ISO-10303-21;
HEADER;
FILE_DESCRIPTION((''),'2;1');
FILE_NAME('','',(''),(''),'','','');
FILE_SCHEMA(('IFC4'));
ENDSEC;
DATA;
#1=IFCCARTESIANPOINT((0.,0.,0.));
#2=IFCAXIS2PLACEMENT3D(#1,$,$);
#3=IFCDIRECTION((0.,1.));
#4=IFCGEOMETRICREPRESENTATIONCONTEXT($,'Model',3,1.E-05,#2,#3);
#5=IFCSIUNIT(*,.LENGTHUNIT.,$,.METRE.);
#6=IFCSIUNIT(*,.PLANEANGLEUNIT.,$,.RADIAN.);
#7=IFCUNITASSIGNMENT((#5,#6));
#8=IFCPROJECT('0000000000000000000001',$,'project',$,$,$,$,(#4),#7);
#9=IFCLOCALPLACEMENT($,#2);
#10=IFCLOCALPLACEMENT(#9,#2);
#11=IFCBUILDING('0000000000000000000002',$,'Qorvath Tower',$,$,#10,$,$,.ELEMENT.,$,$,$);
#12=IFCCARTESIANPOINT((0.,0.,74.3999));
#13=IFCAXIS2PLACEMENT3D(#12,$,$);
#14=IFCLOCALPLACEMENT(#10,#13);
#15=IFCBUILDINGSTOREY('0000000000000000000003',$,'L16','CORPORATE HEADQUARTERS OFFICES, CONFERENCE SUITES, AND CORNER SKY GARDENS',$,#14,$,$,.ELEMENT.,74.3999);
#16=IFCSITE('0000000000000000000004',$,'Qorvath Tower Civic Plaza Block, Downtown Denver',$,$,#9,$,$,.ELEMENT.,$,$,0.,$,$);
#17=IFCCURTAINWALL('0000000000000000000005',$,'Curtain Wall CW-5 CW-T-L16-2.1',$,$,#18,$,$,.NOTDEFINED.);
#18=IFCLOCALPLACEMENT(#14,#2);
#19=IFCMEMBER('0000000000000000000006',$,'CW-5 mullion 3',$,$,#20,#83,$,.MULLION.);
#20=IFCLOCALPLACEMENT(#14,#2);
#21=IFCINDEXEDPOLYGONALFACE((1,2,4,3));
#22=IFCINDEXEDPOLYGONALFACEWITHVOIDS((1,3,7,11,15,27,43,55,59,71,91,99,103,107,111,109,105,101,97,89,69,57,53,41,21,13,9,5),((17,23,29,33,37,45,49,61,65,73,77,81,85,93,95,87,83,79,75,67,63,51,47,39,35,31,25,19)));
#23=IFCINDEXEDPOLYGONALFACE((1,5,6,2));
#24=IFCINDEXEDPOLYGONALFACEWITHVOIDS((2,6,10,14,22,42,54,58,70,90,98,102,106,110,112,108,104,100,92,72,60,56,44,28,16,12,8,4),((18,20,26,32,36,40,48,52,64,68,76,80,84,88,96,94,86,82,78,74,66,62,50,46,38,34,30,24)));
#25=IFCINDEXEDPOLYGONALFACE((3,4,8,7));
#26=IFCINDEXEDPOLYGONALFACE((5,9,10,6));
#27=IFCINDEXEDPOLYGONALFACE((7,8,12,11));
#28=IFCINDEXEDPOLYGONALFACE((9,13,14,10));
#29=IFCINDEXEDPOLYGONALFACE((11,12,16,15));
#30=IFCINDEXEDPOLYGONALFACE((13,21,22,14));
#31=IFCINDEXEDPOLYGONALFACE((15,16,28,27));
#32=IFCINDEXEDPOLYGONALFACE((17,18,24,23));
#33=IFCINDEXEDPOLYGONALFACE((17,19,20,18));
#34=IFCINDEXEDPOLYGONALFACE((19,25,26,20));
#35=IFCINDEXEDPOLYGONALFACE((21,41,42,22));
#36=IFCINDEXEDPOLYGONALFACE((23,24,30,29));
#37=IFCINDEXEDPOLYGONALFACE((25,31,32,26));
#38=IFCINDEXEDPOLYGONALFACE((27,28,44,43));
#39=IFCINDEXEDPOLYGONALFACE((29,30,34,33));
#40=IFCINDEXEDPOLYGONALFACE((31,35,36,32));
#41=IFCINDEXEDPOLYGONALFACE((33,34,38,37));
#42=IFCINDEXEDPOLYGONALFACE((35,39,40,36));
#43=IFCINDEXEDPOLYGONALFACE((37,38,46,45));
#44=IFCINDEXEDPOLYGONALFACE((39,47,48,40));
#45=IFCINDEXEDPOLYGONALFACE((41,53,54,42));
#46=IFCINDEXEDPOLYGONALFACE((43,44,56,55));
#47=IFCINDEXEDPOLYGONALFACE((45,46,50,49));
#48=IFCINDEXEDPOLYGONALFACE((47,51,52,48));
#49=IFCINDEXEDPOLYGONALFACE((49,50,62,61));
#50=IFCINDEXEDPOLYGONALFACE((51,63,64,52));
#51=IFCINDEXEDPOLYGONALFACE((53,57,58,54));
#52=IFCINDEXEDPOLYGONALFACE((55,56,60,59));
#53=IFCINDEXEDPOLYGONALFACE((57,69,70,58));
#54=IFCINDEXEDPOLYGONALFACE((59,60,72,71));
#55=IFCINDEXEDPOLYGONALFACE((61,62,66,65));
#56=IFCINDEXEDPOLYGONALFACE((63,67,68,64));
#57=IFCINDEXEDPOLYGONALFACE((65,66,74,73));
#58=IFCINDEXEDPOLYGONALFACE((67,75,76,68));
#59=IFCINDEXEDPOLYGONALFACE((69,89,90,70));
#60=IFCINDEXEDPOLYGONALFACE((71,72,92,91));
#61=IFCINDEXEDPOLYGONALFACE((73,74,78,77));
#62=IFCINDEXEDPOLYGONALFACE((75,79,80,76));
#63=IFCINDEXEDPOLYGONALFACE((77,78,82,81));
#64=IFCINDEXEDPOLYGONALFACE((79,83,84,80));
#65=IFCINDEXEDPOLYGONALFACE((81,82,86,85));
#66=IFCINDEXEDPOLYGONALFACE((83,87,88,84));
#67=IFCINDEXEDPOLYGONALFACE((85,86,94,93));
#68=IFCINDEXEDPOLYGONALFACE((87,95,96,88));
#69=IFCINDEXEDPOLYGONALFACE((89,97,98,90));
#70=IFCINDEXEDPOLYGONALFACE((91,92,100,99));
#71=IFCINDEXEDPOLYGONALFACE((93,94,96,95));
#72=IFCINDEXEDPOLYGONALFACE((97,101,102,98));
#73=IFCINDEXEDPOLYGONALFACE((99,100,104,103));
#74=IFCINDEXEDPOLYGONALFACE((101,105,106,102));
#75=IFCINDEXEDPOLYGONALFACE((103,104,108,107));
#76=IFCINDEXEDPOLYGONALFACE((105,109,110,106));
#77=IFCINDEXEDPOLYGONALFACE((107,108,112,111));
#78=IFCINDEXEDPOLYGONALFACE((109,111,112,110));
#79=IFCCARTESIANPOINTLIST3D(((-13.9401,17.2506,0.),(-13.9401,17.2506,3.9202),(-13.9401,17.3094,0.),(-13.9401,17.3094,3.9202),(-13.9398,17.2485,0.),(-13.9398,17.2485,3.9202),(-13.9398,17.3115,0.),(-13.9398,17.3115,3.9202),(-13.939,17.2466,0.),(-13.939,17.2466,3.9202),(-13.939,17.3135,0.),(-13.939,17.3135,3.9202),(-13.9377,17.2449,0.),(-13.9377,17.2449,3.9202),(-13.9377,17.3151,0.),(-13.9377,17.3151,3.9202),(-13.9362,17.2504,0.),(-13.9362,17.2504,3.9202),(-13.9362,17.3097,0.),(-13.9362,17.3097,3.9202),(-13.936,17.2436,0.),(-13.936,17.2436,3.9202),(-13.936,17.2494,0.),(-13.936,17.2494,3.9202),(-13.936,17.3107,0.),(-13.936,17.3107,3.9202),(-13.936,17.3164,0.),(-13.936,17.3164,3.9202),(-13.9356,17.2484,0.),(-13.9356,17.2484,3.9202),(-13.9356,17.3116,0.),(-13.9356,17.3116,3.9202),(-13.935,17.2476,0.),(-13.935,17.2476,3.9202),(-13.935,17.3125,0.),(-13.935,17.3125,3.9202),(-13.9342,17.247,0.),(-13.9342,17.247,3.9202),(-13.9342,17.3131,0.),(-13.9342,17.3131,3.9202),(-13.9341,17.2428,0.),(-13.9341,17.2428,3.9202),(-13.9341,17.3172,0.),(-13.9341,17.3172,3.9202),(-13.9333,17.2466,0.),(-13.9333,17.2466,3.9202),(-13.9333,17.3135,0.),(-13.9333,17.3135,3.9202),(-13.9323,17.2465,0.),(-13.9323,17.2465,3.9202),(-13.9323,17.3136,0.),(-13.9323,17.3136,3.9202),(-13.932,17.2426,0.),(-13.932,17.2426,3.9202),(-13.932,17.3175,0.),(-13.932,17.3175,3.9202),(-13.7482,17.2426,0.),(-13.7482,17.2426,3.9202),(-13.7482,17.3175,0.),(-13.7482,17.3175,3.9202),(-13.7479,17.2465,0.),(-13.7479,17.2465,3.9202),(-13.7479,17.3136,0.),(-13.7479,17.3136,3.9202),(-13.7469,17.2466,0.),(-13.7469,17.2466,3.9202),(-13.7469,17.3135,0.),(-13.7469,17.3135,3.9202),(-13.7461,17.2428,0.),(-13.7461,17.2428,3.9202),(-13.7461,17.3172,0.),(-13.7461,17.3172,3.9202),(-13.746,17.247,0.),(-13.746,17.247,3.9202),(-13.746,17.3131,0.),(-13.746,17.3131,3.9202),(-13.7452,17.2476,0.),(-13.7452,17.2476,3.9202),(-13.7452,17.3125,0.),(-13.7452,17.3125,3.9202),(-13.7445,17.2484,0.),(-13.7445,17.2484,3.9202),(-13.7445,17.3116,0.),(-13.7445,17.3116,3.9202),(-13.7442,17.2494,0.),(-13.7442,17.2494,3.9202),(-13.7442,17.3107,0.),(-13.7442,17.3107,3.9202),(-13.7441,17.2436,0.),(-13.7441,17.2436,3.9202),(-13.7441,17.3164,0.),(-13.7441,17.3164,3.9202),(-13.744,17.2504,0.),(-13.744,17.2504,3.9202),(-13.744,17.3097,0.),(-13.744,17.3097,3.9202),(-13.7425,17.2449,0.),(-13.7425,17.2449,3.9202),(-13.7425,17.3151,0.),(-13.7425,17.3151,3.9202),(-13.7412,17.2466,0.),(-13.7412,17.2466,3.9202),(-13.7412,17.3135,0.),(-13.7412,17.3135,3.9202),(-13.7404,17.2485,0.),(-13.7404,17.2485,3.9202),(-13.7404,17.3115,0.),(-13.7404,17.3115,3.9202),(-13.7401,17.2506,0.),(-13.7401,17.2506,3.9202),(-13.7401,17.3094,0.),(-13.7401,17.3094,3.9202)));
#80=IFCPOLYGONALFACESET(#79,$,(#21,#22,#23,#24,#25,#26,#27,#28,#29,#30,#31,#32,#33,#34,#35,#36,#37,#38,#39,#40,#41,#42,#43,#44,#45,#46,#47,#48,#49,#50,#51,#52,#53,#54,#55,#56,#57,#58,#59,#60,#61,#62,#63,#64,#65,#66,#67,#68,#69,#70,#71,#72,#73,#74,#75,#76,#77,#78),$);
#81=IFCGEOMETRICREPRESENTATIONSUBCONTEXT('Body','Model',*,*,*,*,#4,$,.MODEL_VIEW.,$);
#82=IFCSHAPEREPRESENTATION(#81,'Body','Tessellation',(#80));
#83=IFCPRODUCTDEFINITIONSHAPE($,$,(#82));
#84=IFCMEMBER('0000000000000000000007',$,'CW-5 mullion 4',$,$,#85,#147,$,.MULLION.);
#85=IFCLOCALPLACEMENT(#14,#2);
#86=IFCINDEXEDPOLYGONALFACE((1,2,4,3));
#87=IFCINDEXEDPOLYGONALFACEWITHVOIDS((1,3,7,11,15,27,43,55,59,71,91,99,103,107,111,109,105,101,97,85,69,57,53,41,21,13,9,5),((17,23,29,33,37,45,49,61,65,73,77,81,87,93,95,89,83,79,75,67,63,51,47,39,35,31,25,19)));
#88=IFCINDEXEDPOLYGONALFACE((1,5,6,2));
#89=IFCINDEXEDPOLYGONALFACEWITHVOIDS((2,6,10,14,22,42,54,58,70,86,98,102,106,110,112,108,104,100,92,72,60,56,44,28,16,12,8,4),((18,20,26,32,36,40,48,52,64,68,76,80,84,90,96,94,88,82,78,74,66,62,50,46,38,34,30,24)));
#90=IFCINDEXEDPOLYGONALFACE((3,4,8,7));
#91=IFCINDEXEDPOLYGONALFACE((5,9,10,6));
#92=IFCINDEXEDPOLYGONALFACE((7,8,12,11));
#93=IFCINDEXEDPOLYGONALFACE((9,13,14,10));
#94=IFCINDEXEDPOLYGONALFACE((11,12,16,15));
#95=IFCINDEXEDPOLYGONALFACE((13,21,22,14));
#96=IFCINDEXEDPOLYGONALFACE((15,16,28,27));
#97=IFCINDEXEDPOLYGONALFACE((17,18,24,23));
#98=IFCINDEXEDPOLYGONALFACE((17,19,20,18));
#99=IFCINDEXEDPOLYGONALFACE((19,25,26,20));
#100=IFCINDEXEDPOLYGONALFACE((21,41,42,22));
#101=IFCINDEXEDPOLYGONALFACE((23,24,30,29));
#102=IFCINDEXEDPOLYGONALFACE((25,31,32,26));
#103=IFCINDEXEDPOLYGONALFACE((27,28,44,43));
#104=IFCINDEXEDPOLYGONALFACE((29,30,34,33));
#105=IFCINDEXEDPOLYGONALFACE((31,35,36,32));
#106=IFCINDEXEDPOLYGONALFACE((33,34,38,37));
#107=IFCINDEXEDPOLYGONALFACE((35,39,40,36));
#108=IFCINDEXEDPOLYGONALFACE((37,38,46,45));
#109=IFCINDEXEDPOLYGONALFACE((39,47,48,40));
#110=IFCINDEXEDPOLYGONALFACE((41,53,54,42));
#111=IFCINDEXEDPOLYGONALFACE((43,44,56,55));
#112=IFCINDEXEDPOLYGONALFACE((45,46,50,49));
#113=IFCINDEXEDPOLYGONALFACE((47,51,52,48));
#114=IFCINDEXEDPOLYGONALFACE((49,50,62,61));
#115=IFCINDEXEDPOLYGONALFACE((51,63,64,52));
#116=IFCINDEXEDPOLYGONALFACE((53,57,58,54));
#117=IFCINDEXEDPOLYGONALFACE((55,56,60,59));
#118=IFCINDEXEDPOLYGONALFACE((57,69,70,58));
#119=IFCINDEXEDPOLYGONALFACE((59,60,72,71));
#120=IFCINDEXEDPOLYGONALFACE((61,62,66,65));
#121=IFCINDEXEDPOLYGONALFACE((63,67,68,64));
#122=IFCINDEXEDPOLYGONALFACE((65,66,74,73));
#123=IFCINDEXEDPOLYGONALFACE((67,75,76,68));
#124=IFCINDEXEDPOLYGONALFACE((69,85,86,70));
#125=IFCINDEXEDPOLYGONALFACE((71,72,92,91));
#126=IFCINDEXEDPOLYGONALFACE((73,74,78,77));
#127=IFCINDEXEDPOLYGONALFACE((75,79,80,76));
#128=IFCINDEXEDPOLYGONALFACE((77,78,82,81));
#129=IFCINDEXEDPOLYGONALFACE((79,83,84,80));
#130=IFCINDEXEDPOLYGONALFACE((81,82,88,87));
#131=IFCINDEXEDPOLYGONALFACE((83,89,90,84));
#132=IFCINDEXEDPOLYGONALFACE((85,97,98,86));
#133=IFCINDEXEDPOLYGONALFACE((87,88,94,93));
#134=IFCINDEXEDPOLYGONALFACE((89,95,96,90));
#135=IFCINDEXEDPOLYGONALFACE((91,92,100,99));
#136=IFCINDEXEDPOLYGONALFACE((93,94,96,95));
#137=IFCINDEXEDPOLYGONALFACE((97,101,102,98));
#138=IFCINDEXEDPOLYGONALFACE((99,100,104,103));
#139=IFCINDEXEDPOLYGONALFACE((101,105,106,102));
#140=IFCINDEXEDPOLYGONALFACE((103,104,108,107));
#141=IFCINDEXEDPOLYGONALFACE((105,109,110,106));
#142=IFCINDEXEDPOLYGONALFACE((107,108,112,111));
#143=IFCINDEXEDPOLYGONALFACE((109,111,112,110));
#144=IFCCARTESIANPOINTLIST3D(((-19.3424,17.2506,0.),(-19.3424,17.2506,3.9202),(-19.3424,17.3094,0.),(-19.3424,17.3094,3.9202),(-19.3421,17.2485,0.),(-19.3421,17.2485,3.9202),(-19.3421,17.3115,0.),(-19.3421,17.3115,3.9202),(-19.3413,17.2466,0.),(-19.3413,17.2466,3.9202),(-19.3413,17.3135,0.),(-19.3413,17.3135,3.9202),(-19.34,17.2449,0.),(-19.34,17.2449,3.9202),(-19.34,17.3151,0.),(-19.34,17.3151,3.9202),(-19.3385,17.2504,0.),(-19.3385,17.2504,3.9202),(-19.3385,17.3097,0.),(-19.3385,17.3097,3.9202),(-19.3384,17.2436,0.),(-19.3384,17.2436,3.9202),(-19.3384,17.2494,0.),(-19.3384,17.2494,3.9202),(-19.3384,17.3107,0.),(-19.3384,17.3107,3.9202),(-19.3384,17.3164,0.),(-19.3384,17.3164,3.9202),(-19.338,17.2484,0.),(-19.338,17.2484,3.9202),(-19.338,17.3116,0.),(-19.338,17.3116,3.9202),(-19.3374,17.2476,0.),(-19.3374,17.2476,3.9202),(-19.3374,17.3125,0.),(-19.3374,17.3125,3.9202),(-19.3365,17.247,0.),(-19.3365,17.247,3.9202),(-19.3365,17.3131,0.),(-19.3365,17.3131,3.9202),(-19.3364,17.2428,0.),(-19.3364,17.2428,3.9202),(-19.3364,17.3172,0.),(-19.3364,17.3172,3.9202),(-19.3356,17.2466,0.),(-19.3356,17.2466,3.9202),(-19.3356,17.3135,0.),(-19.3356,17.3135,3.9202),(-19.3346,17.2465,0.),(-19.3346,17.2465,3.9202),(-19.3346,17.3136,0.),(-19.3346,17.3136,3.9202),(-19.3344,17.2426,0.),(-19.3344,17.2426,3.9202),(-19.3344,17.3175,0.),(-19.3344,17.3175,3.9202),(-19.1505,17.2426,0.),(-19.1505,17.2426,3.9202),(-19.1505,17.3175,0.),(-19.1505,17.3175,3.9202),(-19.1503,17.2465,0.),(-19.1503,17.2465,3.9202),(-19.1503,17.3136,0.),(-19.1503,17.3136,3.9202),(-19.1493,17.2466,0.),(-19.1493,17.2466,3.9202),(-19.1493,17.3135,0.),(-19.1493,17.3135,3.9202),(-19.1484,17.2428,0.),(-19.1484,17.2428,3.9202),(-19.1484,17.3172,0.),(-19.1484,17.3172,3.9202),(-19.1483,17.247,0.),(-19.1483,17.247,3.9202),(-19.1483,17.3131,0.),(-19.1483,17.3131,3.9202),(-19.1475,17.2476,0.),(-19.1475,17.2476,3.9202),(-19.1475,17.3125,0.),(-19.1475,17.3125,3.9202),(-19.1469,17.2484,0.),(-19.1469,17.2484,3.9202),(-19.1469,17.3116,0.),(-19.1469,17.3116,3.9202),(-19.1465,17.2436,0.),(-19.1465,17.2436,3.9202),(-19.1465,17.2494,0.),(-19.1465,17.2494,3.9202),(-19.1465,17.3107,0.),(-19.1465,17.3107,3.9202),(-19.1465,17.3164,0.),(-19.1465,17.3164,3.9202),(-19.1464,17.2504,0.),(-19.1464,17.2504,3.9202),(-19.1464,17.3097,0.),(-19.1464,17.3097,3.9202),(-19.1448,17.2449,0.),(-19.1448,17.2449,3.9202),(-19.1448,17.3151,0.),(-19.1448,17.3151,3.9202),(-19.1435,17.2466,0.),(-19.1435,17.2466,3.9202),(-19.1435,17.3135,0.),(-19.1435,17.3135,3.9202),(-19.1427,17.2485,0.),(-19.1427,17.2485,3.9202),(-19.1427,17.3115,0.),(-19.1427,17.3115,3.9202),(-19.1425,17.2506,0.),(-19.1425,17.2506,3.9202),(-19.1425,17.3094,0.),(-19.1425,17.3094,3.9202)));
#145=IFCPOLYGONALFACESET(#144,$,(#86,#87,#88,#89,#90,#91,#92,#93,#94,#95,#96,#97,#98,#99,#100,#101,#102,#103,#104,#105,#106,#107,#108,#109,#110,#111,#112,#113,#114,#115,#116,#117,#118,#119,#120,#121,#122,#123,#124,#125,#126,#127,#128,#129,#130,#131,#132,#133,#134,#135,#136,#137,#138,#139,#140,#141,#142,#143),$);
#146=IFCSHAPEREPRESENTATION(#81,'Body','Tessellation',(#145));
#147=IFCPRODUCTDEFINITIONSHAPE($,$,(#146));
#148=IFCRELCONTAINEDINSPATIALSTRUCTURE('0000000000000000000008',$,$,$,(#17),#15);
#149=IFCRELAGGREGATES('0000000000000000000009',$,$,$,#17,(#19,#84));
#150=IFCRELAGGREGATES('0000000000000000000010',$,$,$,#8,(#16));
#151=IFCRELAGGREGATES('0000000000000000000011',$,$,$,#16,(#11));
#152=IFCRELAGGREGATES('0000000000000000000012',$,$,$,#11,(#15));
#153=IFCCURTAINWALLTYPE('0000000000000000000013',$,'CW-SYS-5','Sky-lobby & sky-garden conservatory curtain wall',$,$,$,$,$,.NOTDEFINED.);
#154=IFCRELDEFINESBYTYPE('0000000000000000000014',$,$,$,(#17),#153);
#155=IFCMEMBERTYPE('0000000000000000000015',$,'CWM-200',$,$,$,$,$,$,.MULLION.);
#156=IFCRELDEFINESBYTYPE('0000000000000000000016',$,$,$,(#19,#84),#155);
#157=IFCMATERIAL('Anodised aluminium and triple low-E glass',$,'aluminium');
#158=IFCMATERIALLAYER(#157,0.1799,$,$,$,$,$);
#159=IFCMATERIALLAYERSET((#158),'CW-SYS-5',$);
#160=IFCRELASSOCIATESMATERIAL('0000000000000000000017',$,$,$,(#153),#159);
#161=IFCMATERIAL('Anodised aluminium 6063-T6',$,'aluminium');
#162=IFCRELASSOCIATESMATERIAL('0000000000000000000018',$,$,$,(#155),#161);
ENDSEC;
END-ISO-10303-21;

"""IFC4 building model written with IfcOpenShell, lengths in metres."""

from ifc_helpers import new_model, si_unit, direction, frame, origin, origin_2d, place, context, subcontext, project, spatial, hollow_rectangle, extrude, material, layer, layer_set, material_profile, profile_set, type_object, element, aggregate, save


model = new_model("IFC4")

# Units and contexts
model_context = context("Model", 3, precision=1e-05, world=origin(), true_north=direction((0.0, 1.0)))
body_context = subcontext(model_context, "Body", "Model", "MODEL_VIEW")
ifc_project = project(units=[si_unit("LENGTHUNIT", "METRE"), si_unit("PLANEANGLEUNIT", "RADIAN")], contexts=[model_context])

# Site, building, storey
site_placement = place(None, origin())
site = spatial("IfcSite", under=ifc_project, at=site_placement, Name="Qorvath Tower Civic Plaza Block, Downtown Denver", CompositionType="ELEMENT", RefElevation=0.0)
building_placement = place(site_placement, origin())
building = spatial("IfcBuilding", under=site, at=building_placement, Name="Qorvath Tower", CompositionType="ELEMENT")
storey_placement = place(building_placement, frame((0.0, 0.0, 74.3999)))
storey = spatial("IfcBuildingStorey", under=building, at=storey_placement, Name="L16", Description="CORPORATE HEADQUARTERS OFFICES, CONFERENCE SUITES, AND CORNER SKY GARDENS", CompositionType="ELEMENT", Elevation=74.3999)

# Curtain wall, members
ifc_material_1 = material(Name="Anodised aluminium and triple low-E glass", Category="aluminium")
ifc_layer_1 = layer(ifc_material_1, 0.1799)
ifc_layer_set_1 = layer_set([ifc_layer_1], Name="CW-SYS-5")
curtain_wall_type = type_object("IfcCurtainWallType", Name="CW-SYS-5", Description="Sky-lobby & sky-garden conservatory curtain wall", PredefinedType="NOTDEFINED", material=ifc_layer_set_1)
curtain_wall_1_placement = place(storey_placement, origin())
curtain_wall_1 = element("IfcCurtainWall", 1, at=curtain_wall_1_placement, inside=storey, type_object=curtain_wall_type, Name="Curtain Wall CW-5 CW-T-L16-2.1", PredefinedType="NOTDEFINED")
ifc_material_2 = material(Name="Anodised aluminium 6063-T6", Category="aluminium")
ifc_material_profile_1 = material_profile(ifc_material_2, hollow_rectangle(XDim=0.075, YDim=0.2, WallThickness=0.0039, InnerFilletRadius=0.0039, OuterFilletRadius=0.0081, at=origin_2d()), Name="CWM 200x75")
ifc_profile_set_1 = profile_set([ifc_material_profile_1], Name="Anodised aluminium 6063-T6")
member_type_1 = type_object("IfcMemberType", Name="CWM-200", PredefinedType="MULLION", material=ifc_profile_set_1)
member_1_placement = place(storey_placement, frame((-13.8401, 17.28, 0.0), z_axis=(0.0, 0.0, 1.0), x_axis=(0.0, -1.0, 0.0)))
member_1 = element("IfcMember", 2, at=member_1_placement, type_object=member_type_1, Name="CW-5 mullion 3", PredefinedType="MULLION", context=body_context, shape_type="SweptSolid", body=[
    extrude(hollow_rectangle(XDim=0.075, YDim=0.2, WallThickness=0.0039, InnerFilletRadius=0.0039, OuterFilletRadius=0.0081, at=origin_2d()), origin(), (0.0, 0.0, 1.0), 3.9202),
])
member_2_placement = place(storey_placement, frame((-19.2424, 17.28, 0.0), z_axis=(0.0, 0.0, 1.0), x_axis=(0.0, -1.0, 0.0)))
member_2 = element("IfcMember", 3, at=member_2_placement, type_object=member_type_1, Name="CW-5 mullion 4", PredefinedType="MULLION", context=body_context, shape_type="SweptSolid", body=[
    extrude(hollow_rectangle(XDim=0.075, YDim=0.2, WallThickness=0.0039, InnerFilletRadius=0.0039, OuterFilletRadius=0.0081, at=origin_2d()), origin(), (0.0, 0.0, 1.0), 3.9202),
])

aggregate(curtain_wall_1, [member_1, member_2])

save(model, "model.ifc")
